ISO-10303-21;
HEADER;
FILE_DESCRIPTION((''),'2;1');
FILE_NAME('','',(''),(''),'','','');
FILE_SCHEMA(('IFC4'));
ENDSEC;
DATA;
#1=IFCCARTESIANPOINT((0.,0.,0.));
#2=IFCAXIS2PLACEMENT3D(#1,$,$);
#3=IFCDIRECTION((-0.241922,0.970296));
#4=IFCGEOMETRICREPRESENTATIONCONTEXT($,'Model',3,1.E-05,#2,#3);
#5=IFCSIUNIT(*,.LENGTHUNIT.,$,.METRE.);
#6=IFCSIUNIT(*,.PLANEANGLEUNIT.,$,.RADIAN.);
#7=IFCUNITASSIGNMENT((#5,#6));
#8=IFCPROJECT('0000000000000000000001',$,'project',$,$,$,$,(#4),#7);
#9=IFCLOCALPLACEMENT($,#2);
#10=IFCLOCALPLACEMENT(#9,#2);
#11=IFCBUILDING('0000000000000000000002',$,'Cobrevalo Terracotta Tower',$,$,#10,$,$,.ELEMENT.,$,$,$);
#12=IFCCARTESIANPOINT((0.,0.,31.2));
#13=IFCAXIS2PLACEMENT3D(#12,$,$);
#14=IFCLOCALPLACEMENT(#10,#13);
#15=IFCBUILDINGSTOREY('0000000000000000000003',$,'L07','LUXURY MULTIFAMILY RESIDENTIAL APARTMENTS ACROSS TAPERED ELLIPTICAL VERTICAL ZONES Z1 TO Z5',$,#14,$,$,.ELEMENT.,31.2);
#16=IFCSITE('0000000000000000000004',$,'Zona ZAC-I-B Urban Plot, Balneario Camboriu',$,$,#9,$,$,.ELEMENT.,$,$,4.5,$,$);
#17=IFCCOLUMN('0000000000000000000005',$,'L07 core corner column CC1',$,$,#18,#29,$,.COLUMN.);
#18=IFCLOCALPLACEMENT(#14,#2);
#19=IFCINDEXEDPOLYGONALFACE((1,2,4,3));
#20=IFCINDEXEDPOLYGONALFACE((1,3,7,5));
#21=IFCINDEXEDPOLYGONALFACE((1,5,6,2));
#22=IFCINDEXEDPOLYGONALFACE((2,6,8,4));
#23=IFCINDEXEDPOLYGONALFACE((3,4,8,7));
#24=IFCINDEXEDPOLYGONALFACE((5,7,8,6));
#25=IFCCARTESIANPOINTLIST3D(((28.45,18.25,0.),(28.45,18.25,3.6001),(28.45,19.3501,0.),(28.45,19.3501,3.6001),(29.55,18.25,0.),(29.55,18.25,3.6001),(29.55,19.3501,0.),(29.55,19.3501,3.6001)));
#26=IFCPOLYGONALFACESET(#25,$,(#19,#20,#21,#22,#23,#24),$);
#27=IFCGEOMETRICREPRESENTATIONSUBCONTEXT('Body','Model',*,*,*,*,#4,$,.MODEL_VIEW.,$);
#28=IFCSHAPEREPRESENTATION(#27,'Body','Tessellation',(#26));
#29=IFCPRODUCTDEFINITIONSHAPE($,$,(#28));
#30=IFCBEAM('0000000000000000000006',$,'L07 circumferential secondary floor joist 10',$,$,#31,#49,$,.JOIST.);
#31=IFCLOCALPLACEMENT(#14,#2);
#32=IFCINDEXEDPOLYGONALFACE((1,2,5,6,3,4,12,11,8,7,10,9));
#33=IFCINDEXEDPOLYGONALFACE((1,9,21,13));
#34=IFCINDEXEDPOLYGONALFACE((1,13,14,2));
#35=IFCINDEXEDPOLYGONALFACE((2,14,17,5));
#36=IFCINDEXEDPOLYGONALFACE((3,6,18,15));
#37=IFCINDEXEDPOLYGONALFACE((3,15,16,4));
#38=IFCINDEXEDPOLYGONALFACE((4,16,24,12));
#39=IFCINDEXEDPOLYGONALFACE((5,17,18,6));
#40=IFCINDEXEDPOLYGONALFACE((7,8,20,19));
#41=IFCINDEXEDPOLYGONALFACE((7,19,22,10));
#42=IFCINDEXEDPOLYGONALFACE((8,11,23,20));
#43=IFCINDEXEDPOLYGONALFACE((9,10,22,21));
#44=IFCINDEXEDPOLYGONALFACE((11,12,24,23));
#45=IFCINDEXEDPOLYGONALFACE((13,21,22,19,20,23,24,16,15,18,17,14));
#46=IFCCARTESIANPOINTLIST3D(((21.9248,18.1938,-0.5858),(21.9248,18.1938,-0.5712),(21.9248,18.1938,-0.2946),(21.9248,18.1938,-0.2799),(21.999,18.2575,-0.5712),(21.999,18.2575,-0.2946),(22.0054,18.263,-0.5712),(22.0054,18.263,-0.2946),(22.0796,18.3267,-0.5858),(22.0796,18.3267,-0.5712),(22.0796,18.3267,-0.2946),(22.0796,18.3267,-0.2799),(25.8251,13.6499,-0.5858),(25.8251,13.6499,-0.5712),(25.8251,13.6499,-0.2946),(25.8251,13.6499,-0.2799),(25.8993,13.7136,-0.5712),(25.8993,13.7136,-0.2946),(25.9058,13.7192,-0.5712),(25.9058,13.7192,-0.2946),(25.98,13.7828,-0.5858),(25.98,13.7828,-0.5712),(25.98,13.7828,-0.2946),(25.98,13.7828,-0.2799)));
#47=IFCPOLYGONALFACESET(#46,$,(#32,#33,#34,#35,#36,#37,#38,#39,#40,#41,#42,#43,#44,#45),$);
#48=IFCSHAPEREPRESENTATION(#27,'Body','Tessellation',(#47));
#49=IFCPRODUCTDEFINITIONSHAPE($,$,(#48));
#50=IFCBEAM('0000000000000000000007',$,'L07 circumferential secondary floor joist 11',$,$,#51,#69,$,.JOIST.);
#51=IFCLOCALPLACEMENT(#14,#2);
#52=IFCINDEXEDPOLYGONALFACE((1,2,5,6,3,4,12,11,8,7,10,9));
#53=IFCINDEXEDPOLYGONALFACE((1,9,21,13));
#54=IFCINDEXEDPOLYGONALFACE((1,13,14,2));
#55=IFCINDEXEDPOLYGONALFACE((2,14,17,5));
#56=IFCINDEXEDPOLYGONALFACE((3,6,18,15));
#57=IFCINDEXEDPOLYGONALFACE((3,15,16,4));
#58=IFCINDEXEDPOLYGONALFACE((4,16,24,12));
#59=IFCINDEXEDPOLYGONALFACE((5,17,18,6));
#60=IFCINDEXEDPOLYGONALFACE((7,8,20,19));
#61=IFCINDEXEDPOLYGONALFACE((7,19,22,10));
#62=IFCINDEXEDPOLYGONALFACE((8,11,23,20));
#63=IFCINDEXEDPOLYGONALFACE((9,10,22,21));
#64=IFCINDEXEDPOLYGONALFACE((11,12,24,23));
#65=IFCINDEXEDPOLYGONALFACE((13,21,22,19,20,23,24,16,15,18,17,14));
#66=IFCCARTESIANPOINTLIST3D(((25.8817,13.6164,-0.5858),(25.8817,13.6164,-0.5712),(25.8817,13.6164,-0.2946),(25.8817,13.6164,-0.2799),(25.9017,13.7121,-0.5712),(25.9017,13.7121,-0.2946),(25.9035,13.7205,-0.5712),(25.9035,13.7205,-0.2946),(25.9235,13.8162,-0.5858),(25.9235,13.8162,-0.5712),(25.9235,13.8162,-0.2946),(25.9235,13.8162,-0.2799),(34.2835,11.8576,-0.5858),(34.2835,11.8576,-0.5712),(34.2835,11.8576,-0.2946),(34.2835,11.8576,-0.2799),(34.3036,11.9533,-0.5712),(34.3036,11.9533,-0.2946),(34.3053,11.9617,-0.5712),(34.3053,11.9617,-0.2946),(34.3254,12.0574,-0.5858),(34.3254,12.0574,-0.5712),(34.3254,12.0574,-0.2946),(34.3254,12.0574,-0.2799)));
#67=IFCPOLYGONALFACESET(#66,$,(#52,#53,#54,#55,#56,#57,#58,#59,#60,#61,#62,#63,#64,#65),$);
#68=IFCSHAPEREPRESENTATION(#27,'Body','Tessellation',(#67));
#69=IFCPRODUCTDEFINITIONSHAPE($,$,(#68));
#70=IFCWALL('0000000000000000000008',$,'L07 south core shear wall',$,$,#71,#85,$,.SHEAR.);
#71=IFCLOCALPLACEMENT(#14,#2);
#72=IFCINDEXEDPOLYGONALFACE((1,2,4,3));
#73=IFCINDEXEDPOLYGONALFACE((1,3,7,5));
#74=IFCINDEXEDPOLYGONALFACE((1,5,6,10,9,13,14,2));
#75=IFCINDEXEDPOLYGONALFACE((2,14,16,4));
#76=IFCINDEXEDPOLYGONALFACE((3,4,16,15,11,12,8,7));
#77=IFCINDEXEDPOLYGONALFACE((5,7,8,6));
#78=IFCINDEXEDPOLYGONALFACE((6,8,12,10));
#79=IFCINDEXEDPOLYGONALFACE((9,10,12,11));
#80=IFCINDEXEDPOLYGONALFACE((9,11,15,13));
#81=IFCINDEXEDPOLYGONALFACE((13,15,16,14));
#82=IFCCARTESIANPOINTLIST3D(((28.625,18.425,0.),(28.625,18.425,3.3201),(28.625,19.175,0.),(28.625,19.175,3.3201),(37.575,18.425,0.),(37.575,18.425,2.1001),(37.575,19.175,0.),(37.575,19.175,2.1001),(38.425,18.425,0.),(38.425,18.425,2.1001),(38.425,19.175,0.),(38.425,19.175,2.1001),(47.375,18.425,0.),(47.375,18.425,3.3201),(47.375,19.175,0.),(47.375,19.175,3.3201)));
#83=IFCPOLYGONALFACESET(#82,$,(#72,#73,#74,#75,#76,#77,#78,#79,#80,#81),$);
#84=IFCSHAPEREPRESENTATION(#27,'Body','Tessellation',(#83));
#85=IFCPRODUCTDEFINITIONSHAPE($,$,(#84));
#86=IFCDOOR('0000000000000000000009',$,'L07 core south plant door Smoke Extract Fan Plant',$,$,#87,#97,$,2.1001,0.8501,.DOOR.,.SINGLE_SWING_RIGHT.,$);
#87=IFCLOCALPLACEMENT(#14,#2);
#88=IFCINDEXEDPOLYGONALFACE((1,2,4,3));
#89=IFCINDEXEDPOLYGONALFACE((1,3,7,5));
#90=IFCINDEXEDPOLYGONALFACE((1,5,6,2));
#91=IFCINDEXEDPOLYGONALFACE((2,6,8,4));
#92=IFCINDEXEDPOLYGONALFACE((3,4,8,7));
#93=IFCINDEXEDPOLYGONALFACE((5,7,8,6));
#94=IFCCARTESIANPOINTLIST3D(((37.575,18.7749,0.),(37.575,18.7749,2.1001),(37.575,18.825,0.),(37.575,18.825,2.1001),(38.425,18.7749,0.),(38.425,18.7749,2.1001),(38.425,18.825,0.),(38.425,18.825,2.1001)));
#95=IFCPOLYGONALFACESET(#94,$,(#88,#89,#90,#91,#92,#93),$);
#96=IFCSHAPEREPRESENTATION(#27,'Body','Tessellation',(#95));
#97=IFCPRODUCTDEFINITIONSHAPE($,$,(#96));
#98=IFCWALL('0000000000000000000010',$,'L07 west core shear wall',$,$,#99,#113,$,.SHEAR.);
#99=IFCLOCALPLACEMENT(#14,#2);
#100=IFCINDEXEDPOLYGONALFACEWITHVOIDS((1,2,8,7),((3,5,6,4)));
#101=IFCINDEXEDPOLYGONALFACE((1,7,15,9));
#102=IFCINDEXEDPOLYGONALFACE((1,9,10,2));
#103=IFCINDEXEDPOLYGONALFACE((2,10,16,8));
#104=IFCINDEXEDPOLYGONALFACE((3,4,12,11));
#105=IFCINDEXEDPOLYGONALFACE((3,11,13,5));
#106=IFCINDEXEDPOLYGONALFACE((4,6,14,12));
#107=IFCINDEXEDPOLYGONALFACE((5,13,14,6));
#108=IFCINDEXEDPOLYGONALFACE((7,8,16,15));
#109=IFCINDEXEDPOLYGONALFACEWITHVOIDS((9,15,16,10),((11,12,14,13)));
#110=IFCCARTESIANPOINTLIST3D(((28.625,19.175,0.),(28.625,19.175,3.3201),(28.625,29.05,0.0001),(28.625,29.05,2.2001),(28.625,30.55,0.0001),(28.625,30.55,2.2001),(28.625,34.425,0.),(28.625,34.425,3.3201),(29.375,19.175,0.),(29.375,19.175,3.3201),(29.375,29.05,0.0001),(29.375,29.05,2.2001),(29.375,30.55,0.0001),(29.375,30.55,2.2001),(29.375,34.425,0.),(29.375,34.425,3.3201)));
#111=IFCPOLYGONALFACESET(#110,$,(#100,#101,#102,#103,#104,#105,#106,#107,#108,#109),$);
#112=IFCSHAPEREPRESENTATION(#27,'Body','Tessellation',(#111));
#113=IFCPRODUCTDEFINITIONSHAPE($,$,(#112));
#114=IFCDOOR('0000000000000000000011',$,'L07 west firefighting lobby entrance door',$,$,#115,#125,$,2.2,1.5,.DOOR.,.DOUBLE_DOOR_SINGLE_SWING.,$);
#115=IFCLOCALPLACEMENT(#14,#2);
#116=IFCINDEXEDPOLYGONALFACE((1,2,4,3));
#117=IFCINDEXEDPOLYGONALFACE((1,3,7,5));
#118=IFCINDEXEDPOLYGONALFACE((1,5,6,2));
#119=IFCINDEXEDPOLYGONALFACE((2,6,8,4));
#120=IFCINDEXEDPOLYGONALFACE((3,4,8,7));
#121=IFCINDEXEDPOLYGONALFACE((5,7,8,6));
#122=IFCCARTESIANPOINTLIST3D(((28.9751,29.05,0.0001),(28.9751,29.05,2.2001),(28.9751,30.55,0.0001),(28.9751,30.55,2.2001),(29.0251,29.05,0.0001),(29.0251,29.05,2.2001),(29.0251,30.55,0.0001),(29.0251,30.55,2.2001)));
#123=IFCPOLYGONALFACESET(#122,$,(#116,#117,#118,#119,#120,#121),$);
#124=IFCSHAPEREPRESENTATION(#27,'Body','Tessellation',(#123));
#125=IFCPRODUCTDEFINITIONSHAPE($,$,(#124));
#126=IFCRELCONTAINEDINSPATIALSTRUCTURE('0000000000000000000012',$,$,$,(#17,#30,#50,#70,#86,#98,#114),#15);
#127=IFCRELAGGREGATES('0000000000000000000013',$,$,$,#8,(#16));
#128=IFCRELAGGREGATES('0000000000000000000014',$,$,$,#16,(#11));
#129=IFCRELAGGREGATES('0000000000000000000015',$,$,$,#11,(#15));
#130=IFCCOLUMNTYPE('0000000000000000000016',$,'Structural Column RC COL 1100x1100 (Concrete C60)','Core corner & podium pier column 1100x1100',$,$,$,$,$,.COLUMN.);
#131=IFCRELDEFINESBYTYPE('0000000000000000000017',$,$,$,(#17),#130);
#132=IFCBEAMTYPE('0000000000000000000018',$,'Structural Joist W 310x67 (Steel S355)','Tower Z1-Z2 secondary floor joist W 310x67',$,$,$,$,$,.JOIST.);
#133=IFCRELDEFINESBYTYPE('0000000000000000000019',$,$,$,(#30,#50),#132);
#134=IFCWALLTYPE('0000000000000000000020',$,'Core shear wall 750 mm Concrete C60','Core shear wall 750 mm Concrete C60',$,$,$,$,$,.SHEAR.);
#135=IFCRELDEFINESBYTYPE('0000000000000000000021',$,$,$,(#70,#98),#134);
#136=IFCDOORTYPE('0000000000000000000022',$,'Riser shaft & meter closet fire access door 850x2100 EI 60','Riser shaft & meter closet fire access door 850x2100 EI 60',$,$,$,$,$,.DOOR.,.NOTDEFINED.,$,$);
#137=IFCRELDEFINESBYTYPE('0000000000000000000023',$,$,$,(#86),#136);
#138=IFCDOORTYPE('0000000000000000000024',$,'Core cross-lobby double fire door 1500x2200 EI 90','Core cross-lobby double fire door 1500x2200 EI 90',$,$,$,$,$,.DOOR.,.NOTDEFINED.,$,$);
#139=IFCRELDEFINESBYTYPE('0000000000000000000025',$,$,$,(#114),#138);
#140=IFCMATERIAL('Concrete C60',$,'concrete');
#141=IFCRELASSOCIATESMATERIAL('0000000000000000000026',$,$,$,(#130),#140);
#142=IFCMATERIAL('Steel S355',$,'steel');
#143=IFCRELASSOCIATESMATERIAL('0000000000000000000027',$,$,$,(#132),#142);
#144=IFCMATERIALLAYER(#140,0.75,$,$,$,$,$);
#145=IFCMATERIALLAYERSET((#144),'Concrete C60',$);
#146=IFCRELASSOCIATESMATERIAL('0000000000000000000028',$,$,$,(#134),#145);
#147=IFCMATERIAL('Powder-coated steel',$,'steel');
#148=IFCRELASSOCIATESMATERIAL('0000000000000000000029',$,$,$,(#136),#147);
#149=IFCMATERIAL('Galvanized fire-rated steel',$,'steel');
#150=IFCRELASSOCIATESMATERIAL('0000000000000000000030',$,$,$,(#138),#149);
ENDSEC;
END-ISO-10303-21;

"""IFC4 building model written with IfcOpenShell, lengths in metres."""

from ifc_helpers import new_model, si_unit, direction, frame, frame_2d, origin, origin_2d, place, context, subcontext, project, spatial, rectangle, i_section, extrude, source, transform, mapped, material, layer, layer_set, material_profile, profile_set, type_object, element, fill, save


model = new_model("IFC4")

# Units and contexts
model_context = context("Model", 3, precision=1e-05, world=origin(), true_north=direction((-0.241922, 0.970296)))
body_context = subcontext(model_context, "Body", "Model", "MODEL_VIEW")
ifc_project = project(units=[si_unit("LENGTHUNIT", "METRE"), si_unit("PLANEANGLEUNIT", "RADIAN")], contexts=[model_context])

# Site, building, storey
site_placement = place(None, origin())
site = spatial("IfcSite", under=ifc_project, at=site_placement, Name="Zona ZAC-I-B Urban Plot, Balneario Camboriu", CompositionType="ELEMENT", RefElevation=4.5)
building_placement = place(site_placement, origin())
building = spatial("IfcBuilding", under=site, at=building_placement, Name="Cobrevalo Terracotta Tower", CompositionType="ELEMENT")
storey_placement = place(building_placement, frame((0.0, 0.0, 31.2)))
storey = spatial("IfcBuildingStorey", under=building, at=storey_placement, Name="L07", Description="LUXURY MULTIFAMILY RESIDENTIAL APARTMENTS ACROSS TAPERED ELLIPTICAL VERTICAL ZONES Z1 TO Z5", CompositionType="ELEMENT", Elevation=31.2)

# Column
ifc_material_1 = material(Name="Concrete C60", Category="concrete")
ifc_material_profile_1 = material_profile(ifc_material_1, rectangle(XDim=1.1001, YDim=1.1001, at=origin_2d()), Name="RC COL 1100x1100")
ifc_profile_set_1 = profile_set([ifc_material_profile_1], Name="Concrete C60")
column_type = type_object("IfcColumnType", Name="Structural Column RC COL 1100x1100 (Concrete C60)", Description="Core corner & podium pier column 1100x1100", PredefinedType="COLUMN", material=ifc_profile_set_1)
column_placement = place(storey_placement, frame((29.0, 18.8, 0.0), z_axis=(0.0, 0.0, 1.0), x_axis=(1.0, 0.0, 0.0)))
element("IfcColumn", 1, at=column_placement, inside=storey, type_object=column_type, Name="L07 core corner column CC1", PredefinedType="COLUMN", context=body_context, shape_type="SweptSolid", body=[
    extrude(rectangle(XDim=1.1001, YDim=1.1001, at=origin_2d()), origin(), (0.0, 0.0, 1.0), 3.6001),
])

# Beams
ifc_material_2 = material(Name="Steel S355", Category="steel")
ifc_material_profile_2 = material_profile(ifc_material_2, i_section(OverallWidth=0.2041, OverallDepth=0.3059, WebThickness=0.0085, FlangeThickness=0.0146, at=origin_2d()), Name="W 310x67")
ifc_profile_set_2 = profile_set([ifc_material_profile_2], Name="Steel S355")
beam_type = type_object("IfcBeamType", Name="Structural Joist W 310x67 (Steel S355)", Description="Tower Z1-Z2 secondary floor joist W 310x67", PredefinedType="JOIST", material=ifc_profile_set_2)
beam_1_placement = place(storey_placement, frame((22.0022, 18.2603, -0.4329), z_axis=(0.651328, -0.758796, 0.0), x_axis=(0.758796, 0.651328, 0.0)))
element("IfcBeam", 2, at=beam_1_placement, inside=storey, type_object=beam_type, Name="L07 circumferential secondary floor joist 10", PredefinedType="JOIST", context=body_context, shape_type="SweptSolid", body=[
    extrude(i_section(OverallWidth=0.2041, OverallDepth=0.3059, WebThickness=0.0085, FlangeThickness=0.0146, at=origin_2d()), origin(), (0.0, 0.0, 1.0), 5.9883),
])
beam_2_placement = place(storey_placement, frame((25.9026, 13.7163, -0.4329), z_axis=(0.978785, -0.204892, 0.0), x_axis=(0.204892, 0.978785, 0.0)))
element("IfcBeam", 3, at=beam_2_placement, inside=storey, type_object=beam_type, Name="L07 circumferential secondary floor joist 11", PredefinedType="JOIST", context=body_context, shape_type="SweptSolid", body=[
    extrude(i_section(OverallWidth=0.2041, OverallDepth=0.3059, WebThickness=0.0085, FlangeThickness=0.0146, at=origin_2d()), origin(), (0.0, 0.0, 1.0), 8.584),
])

# Walls, openings, doors
ifc_layer_1 = layer(ifc_material_1, 0.75)
ifc_layer_set_1 = layer_set([ifc_layer_1], Name="Concrete C60")
wall_type_1 = type_object("IfcWallType", Name="Core shear wall 750 mm Concrete C60", Description="Core shear wall 750 mm Concrete C60", PredefinedType="SHEAR", material=ifc_layer_set_1)
wall_1_placement = place(storey_placement, frame((28.625, 18.8, 0.0), z_axis=(0.0, 0.0, 1.0), x_axis=(1.0, 0.0, 0.0)))
wall_1 = element("IfcWall", 4, at=wall_1_placement, inside=storey, type_object=wall_type_1, Name="L07 south core shear wall", PredefinedType="SHEAR", context=body_context, shape_type="SweptSolid", body=[
    extrude(rectangle(XDim=18.75, YDim=0.75, at=frame_2d((9.375, 0.0))), origin(), (0.0, 0.0, 1.0), 3.3201),
])
opening_1_placement = place(wall_1_placement, frame((8.95, 0.0, 0.0)))
opening_1 = element("IfcOpeningElement", 5, at=opening_1_placement, cuts=wall_1, PredefinedType="OPENING", context=body_context, shape_type="SweptSolid", body=[
    extrude(rectangle(XDim=0.8501, YDim=2.1001, at=frame_2d((0.425, 1.05))), frame((0.0, 0.385, 0.0), z_axis=(0.0, -1.0, 0.0), x_axis=(1.0, 0.0, 0.0)), (0.0, 0.0, 1.0), 0.77),
])
ifc_material_3 = material(Name="Powder-coated steel", Category="steel")
door_type_1 = type_object("IfcDoorType", Name="Riser shaft & meter closet fire access door 850x2100 EI 60", Description="Riser shaft & meter closet fire access door 850x2100 EI 60", OperationType="NOTDEFINED", PredefinedType="DOOR", material=ifc_material_3)
shared_shape_1 = source(origin(), body_context, "Body", "SweptSolid", [
    extrude(rectangle(XDim=0.8501, YDim=2.1001, at=frame_2d((0.425, 1.05))), frame((0.0, 0.0249, 0.0), z_axis=(0.0, -1.0, 0.0), x_axis=(1.0, 0.0, 0.0)), (0.0, 0.0, 1.0), 0.05),
])
door_1_placement = place(opening_1_placement, origin())
door_1 = element("IfcDoor", 6, at=door_1_placement, inside=storey, type_object=door_type_1, Name="L07 core south plant door Smoke Extract Fan Plant", OperationType="SINGLE_SWING_RIGHT", OverallHeight=2.1001, OverallWidth=0.8501, PredefinedType="DOOR", context=body_context, shape_type="MappedRepresentation", body=[
    mapped(shared_shape_1, transform((0.0, 0.0, 0.0), scale=1.0)),
])
fill(opening_1, door_1)
wall_2_placement = place(storey_placement, frame((29.0, 19.175, 0.0), z_axis=(0.0, 0.0, 1.0), x_axis=(0.0, 1.0, 0.0)))
wall_2 = element("IfcWall", 7, at=wall_2_placement, inside=storey, type_object=wall_type_1, Name="L07 west core shear wall", PredefinedType="SHEAR", context=body_context, shape_type="SweptSolid", body=[
    extrude(rectangle(XDim=15.25, YDim=0.75, at=frame_2d((7.625, 0.0))), origin(), (0.0, 0.0, 1.0), 3.3201),
])
opening_2_placement = place(wall_2_placement, frame((9.875, 0.0, 0.0)))
opening_2 = element("IfcOpeningElement", 8, at=opening_2_placement, cuts=wall_2, PredefinedType="OPENING", context=body_context, shape_type="SweptSolid", body=[
    extrude(rectangle(XDim=1.5, YDim=2.2, at=frame_2d((0.75, 1.1001))), frame((0.0, 0.385, 0.0), z_axis=(0.0, -1.0, 0.0), x_axis=(1.0, 0.0, 0.0)), (0.0, 0.0, 1.0), 0.77),
])
ifc_material_4 = material(Name="Galvanized fire-rated steel", Category="steel")
door_type_2 = type_object("IfcDoorType", Name="Core cross-lobby double fire door 1500x2200 EI 90", Description="Core cross-lobby double fire door 1500x2200 EI 90", OperationType="NOTDEFINED", PredefinedType="DOOR", material=ifc_material_4)
shared_shape_2 = source(origin(), body_context, "Body", "SweptSolid", [
    extrude(rectangle(XDim=1.5, YDim=2.2, at=frame_2d((0.75, 1.1001))), frame((0.0, 0.0249, 0.0), z_axis=(0.0, -1.0, 0.0), x_axis=(1.0, 0.0, 0.0)), (0.0, 0.0, 1.0), 0.05),
])
door_2_placement = place(opening_2_placement, origin())
door_2 = element("IfcDoor", 9, at=door_2_placement, inside=storey, type_object=door_type_2, Name="L07 west firefighting lobby entrance door", OperationType="DOUBLE_DOOR_SINGLE_SWING", OverallHeight=2.2, OverallWidth=1.5, PredefinedType="DOOR", context=body_context, shape_type="MappedRepresentation", body=[
    mapped(shared_shape_2, transform((0.0, 0.0, 0.0), scale=1.0)),
])
fill(opening_2, door_2)

save(model, "model.ifc")
